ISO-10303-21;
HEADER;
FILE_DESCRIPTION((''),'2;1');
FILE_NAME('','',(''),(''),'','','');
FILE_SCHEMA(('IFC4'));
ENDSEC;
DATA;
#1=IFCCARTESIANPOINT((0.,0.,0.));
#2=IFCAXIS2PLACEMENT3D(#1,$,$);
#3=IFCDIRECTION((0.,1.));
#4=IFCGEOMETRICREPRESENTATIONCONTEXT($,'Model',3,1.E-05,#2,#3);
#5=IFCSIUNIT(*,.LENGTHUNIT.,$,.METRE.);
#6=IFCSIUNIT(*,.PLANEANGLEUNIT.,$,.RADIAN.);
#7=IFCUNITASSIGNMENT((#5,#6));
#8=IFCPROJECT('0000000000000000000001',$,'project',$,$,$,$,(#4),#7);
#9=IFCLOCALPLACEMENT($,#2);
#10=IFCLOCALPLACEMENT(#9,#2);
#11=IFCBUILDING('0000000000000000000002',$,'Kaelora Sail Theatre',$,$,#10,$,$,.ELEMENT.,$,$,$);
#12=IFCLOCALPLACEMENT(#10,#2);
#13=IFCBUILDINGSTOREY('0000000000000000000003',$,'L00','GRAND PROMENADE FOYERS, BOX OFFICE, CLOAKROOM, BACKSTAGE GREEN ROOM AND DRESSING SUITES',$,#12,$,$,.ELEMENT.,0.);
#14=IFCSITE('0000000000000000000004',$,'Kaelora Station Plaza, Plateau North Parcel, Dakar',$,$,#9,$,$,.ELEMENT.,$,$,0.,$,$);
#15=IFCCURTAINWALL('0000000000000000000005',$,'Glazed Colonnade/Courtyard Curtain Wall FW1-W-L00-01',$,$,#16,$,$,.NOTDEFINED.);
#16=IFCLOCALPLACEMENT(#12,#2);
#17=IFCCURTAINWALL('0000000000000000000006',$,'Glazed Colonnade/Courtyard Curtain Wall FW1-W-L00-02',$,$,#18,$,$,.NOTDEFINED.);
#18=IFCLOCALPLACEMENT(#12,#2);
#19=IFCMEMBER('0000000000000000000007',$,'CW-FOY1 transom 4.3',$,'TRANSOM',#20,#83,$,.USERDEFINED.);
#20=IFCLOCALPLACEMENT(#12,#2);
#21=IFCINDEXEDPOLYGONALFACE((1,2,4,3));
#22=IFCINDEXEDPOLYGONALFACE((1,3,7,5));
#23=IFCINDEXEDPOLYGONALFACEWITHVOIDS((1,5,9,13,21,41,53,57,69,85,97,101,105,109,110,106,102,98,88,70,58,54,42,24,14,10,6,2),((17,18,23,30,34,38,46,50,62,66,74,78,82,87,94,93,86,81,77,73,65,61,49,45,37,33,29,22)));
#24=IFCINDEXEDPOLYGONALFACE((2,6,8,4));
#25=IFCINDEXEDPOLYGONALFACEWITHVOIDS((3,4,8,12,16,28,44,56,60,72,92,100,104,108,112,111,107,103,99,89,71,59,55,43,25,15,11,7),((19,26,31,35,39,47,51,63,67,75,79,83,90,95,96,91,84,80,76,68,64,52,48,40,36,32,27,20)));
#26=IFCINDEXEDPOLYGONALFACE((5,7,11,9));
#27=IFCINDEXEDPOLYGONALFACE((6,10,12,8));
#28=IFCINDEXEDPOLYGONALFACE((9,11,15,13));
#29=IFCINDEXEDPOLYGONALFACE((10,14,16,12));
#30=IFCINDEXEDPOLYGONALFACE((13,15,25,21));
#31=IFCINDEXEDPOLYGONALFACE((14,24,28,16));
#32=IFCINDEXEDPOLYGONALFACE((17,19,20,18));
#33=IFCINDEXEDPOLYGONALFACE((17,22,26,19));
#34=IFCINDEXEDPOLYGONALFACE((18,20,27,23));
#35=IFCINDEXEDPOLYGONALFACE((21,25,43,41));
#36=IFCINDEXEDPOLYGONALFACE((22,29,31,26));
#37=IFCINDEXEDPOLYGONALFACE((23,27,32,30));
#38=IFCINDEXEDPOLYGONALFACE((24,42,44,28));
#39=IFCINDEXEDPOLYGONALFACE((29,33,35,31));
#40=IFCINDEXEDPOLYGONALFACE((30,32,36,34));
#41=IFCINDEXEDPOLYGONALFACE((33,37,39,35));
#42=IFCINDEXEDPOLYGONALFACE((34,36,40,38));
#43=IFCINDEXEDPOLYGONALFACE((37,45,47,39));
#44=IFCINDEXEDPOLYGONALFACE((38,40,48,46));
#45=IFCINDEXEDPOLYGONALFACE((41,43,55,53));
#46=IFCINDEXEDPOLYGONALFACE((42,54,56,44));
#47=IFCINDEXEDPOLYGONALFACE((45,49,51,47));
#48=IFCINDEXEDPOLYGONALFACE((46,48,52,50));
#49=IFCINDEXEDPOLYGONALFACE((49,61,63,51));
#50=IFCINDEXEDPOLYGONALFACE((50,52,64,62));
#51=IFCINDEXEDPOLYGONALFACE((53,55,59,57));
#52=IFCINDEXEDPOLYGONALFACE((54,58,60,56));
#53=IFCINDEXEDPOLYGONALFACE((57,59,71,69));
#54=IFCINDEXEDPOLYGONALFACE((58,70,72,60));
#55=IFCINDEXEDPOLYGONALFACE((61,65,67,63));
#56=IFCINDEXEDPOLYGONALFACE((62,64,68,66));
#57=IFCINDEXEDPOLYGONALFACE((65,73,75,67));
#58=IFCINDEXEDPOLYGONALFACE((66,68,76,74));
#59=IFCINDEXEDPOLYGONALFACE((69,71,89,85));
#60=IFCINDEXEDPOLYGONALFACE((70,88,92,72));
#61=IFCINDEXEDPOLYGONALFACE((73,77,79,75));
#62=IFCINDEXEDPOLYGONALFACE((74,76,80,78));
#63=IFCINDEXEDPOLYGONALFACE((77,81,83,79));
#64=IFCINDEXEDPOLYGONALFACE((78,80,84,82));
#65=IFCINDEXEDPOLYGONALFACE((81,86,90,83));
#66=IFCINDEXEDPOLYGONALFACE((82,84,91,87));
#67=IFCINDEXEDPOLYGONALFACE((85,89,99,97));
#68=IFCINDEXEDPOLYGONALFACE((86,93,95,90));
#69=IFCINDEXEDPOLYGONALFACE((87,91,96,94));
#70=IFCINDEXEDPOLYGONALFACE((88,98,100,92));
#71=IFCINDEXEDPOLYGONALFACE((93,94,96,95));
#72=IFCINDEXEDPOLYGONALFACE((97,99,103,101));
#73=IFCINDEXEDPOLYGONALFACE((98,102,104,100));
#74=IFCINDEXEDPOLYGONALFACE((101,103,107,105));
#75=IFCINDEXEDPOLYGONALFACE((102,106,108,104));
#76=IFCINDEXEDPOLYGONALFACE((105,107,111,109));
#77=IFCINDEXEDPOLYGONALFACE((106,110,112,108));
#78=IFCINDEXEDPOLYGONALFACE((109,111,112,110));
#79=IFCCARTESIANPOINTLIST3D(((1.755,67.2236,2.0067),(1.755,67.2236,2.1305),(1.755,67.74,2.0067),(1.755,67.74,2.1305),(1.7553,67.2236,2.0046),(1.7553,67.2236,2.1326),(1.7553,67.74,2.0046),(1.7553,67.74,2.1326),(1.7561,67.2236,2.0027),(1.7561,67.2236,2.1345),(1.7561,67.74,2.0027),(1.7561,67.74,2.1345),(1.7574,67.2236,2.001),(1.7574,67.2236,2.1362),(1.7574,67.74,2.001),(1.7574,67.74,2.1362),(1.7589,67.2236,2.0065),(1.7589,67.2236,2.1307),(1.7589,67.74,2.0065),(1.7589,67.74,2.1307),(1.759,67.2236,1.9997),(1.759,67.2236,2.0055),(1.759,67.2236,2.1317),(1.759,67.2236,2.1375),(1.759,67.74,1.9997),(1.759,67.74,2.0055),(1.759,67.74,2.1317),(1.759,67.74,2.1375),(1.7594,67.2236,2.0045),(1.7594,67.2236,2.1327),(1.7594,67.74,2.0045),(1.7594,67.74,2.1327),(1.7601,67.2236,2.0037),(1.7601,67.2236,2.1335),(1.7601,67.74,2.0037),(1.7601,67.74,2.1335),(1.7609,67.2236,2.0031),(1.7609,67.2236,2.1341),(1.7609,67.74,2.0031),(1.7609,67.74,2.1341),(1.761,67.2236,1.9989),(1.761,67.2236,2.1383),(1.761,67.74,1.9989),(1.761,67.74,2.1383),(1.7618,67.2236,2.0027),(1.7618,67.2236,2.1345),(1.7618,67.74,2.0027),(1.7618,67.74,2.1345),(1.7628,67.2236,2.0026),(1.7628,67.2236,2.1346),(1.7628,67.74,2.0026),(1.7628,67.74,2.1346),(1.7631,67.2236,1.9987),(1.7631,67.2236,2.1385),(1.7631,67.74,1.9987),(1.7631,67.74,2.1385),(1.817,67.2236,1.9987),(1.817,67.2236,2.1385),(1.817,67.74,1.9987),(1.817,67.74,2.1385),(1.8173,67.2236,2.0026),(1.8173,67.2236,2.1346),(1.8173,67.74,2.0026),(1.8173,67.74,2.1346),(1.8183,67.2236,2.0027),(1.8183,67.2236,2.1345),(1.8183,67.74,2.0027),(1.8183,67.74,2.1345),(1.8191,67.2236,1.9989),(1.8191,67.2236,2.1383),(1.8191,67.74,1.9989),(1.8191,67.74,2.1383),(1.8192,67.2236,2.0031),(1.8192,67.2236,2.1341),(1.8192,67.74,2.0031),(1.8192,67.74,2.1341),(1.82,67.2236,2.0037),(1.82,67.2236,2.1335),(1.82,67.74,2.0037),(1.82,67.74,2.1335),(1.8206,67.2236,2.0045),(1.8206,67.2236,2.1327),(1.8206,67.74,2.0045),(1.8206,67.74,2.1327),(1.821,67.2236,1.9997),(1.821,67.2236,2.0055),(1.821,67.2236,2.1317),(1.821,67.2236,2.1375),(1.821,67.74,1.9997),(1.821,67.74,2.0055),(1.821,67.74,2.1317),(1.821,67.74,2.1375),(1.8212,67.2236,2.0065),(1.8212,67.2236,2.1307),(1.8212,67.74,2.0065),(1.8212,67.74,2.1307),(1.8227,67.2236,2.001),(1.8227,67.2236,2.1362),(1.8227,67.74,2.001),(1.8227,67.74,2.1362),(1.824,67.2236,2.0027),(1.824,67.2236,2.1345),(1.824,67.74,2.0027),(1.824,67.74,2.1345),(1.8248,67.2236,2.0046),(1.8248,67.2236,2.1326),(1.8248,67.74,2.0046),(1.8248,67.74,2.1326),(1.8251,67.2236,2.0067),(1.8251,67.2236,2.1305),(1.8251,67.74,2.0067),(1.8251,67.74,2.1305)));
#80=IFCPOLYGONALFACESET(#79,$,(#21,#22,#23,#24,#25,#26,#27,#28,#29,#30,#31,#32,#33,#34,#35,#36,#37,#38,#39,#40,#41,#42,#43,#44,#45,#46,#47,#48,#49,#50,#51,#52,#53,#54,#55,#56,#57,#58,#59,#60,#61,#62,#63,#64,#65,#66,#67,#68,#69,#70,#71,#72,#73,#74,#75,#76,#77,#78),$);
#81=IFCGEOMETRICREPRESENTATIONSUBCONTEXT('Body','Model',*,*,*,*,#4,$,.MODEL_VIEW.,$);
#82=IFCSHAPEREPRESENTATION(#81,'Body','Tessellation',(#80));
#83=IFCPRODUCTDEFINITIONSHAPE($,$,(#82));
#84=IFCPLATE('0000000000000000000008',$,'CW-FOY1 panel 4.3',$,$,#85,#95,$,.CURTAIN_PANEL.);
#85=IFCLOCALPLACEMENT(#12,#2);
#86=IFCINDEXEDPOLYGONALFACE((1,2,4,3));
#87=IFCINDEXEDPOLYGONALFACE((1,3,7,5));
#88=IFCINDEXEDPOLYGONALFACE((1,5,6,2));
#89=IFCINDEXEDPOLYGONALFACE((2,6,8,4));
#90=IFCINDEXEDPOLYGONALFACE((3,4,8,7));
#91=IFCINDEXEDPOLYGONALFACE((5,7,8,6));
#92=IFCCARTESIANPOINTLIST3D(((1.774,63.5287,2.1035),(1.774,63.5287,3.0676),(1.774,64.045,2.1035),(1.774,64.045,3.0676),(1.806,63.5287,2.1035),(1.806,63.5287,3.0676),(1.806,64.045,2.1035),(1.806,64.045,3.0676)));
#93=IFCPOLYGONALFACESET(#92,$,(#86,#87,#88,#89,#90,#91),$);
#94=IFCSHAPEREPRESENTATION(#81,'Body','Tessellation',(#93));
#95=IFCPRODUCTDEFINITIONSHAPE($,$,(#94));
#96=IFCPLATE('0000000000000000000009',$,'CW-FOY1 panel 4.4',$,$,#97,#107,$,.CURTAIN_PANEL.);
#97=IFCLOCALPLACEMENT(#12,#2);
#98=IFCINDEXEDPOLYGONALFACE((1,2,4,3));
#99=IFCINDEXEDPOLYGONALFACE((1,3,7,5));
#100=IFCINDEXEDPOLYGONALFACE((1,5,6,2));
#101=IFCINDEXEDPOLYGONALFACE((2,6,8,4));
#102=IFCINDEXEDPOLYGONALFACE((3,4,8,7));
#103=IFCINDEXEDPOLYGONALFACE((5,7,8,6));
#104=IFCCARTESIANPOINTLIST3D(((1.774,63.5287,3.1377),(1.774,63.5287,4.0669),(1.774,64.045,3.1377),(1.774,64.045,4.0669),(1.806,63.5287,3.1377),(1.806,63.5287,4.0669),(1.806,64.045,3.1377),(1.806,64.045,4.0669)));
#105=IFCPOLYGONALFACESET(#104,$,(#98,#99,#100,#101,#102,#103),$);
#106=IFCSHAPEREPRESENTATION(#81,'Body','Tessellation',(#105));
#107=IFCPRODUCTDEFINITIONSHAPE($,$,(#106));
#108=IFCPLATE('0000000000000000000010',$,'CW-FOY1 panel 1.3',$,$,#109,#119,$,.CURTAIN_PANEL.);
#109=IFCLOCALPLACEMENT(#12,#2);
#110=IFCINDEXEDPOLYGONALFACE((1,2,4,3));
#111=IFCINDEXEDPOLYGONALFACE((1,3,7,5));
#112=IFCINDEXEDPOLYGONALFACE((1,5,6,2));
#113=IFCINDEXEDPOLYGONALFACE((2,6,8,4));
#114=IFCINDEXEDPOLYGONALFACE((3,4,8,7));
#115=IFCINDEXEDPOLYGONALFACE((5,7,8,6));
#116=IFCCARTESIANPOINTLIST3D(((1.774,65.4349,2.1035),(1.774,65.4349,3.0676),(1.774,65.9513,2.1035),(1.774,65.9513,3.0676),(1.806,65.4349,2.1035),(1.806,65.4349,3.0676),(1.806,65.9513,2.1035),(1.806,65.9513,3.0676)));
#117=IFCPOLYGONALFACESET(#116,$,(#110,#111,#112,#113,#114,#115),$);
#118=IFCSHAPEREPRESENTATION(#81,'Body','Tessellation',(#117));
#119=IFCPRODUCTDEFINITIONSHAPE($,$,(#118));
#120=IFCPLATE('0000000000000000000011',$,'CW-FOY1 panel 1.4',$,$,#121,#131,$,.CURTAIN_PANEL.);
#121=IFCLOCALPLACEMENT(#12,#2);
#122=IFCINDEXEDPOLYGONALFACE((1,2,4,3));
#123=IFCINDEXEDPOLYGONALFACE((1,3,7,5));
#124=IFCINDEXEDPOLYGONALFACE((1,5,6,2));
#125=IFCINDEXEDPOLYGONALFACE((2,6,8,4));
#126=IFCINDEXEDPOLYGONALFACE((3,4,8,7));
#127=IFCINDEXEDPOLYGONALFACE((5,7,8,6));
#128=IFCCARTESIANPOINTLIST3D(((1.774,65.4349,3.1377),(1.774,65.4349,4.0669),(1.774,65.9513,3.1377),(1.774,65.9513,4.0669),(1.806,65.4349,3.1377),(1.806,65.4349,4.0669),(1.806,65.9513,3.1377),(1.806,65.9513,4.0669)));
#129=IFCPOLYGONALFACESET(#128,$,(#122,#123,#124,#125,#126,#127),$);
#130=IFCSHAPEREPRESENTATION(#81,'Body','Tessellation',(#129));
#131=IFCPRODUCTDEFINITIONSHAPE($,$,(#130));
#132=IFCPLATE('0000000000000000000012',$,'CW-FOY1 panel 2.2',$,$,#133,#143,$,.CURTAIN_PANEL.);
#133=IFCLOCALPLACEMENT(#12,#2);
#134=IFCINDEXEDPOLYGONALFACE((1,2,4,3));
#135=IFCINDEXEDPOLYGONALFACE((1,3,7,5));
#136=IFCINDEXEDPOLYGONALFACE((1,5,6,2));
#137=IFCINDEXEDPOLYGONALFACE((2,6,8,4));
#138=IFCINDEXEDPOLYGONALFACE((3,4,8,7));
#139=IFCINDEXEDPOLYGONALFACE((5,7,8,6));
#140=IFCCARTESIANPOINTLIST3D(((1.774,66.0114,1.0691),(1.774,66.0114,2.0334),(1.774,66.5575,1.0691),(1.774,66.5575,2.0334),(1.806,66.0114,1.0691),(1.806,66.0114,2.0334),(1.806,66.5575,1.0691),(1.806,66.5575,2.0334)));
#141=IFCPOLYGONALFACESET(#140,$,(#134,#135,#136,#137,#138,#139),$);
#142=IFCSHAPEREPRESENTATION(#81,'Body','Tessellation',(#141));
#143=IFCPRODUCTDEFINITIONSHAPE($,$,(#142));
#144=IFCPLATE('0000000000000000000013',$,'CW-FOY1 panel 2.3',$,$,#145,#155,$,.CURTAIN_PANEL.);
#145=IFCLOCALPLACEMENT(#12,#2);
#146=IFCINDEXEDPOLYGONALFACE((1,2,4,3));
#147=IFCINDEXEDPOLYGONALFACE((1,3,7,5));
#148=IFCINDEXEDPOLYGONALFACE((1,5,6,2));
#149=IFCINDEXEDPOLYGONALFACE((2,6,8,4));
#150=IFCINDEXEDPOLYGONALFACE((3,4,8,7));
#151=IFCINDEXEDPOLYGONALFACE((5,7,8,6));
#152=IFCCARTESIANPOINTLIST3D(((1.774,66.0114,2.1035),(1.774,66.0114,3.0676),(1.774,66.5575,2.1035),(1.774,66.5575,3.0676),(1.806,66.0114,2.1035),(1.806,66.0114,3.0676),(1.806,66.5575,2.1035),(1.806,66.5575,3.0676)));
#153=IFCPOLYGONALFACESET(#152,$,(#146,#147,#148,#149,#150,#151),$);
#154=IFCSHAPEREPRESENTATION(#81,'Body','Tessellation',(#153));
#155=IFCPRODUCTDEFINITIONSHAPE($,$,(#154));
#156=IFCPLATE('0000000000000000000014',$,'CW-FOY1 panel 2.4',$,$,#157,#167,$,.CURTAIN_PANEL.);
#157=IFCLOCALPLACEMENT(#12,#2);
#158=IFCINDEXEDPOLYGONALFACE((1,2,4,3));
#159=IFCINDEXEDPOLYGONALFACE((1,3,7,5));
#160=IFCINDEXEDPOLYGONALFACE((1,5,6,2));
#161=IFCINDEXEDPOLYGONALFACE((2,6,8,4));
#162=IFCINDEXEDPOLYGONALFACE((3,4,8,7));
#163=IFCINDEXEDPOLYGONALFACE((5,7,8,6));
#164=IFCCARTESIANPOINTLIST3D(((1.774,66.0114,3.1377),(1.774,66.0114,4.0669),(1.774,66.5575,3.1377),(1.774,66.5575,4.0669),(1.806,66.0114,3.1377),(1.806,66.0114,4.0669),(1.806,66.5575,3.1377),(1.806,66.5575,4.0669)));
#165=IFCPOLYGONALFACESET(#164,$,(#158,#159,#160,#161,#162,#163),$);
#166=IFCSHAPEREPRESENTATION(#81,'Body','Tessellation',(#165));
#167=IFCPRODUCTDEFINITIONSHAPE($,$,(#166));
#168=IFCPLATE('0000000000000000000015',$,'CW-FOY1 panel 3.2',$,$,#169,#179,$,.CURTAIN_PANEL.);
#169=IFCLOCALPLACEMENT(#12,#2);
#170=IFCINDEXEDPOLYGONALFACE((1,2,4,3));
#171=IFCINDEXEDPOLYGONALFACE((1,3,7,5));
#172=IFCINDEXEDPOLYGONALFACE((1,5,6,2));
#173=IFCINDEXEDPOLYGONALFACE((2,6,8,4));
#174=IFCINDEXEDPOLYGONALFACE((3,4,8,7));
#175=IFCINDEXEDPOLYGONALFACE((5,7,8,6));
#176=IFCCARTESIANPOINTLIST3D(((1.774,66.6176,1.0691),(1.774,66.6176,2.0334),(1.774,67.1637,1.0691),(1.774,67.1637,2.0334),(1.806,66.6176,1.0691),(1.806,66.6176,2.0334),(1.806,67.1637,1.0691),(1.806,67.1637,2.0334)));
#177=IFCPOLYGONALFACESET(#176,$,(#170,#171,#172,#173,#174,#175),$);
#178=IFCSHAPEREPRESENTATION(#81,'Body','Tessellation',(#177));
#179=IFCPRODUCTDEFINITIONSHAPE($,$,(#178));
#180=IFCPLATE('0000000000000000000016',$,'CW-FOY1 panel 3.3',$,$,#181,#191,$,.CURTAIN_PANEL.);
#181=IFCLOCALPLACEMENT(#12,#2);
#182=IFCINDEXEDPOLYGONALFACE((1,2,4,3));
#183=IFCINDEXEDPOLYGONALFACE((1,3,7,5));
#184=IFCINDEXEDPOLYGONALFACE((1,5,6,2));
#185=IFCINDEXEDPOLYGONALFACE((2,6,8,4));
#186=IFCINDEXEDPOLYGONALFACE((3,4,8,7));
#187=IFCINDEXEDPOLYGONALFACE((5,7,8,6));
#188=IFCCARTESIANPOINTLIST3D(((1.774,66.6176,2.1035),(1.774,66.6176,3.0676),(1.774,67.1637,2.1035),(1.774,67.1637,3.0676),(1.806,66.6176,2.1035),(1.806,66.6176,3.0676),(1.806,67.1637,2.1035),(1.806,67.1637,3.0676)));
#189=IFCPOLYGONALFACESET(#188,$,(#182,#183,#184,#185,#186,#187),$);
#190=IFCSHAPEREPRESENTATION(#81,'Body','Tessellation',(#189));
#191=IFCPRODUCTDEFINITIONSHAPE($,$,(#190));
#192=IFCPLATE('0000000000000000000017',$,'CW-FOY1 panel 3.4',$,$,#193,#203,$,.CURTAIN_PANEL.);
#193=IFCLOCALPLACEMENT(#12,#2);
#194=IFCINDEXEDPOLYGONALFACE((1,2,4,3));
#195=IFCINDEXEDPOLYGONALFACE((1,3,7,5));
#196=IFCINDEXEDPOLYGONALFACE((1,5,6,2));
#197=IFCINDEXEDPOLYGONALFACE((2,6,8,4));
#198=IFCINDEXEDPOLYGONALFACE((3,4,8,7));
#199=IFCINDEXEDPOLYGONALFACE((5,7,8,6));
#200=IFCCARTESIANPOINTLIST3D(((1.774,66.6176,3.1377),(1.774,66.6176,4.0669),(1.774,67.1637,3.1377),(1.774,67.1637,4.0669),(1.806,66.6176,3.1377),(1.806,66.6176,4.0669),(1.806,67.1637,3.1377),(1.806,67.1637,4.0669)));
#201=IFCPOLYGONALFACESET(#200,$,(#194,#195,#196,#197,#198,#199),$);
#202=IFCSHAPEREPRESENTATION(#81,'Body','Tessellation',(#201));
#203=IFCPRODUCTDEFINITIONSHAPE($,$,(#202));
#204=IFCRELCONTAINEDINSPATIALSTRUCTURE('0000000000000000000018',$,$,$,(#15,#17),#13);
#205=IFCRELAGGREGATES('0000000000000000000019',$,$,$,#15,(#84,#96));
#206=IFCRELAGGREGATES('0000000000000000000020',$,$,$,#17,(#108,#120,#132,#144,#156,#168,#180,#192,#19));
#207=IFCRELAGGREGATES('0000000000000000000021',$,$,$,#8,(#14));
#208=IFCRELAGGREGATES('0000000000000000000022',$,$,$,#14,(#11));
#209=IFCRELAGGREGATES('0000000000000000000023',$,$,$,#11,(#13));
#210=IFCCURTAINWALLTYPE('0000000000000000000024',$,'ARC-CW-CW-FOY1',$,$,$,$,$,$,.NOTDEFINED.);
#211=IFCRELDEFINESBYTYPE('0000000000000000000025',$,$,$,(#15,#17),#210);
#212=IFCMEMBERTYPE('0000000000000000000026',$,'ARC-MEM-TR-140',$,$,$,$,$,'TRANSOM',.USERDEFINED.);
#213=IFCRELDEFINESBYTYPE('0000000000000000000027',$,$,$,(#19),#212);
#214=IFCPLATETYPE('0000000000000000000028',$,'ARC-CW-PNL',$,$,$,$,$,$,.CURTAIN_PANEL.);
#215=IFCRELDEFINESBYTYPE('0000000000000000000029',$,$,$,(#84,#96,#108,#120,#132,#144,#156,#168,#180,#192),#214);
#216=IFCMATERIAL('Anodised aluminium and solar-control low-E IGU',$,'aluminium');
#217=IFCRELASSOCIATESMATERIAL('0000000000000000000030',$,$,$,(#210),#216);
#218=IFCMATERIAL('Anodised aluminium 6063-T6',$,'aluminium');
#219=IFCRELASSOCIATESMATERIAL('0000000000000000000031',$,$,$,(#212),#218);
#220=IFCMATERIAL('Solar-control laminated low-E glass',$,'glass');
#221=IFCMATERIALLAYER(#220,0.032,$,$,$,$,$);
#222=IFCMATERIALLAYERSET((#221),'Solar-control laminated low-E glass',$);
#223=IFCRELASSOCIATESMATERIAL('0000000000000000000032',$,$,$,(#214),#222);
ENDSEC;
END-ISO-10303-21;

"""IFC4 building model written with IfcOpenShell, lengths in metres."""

from ifc_helpers import new_model, si_unit, direction, frame, origin, origin_2d, place, context, subcontext, project, spatial, rectangle, hollow_rectangle, extrude, material, layer, layer_set, material_profile, profile_set, type_object, element, aggregate, save


model = new_model("IFC4")

# Units and contexts
model_context = context("Model", 3, precision=1e-05, world=origin(), true_north=direction((0.0, 1.0)))
body_context = subcontext(model_context, "Body", "Model", "MODEL_VIEW")
ifc_project = project(units=[si_unit("LENGTHUNIT", "METRE"), si_unit("PLANEANGLEUNIT", "RADIAN")], contexts=[model_context])

# Site, building, storey
site_placement = place(None, origin())
site = spatial("IfcSite", under=ifc_project, at=site_placement, Name="Kaelora Station Plaza, Plateau North Parcel, Dakar", CompositionType="ELEMENT", RefElevation=0.0)
building_placement = place(site_placement, origin())
building = spatial("IfcBuilding", under=site, at=building_placement, Name="Kaelora Sail Theatre", CompositionType="ELEMENT")
storey_placement = place(building_placement, origin())
storey = spatial("IfcBuildingStorey", under=building, at=storey_placement, Name="L00", Description="GRAND PROMENADE FOYERS, BOX OFFICE, CLOAKROOM, BACKSTAGE GREEN ROOM AND DRESSING SUITES", CompositionType="ELEMENT", Elevation=0.0)

# Curtain wall
ifc_material_1 = material(Name="Anodised aluminium and solar-control low-E IGU", Category="aluminium")
curtain_wall_type = type_object("IfcCurtainWallType", Name="ARC-CW-CW-FOY1", PredefinedType="NOTDEFINED", material=ifc_material_1)
curtain_wall_1_placement = place(storey_placement, origin())
curtain_wall_1 = element("IfcCurtainWall", 1, at=curtain_wall_1_placement, inside=storey, type_object=curtain_wall_type, Name="Glazed Colonnade/Courtyard Curtain Wall FW1-W-L00-01", PredefinedType="NOTDEFINED")
ifc_material_2 = material(Name="Anodised aluminium 6063-T6", Category="aluminium")
ifc_material_profile = material_profile(ifc_material_2, hollow_rectangle(XDim=0.0701, YDim=0.1399, WallThickness=0.0039, InnerFilletRadius=0.0039, OuterFilletRadius=0.0081, at=origin_2d()), Name="ALU-TRAN 70x140x4")
ifc_profile_set = profile_set([ifc_material_profile], Name="Anodised aluminium 6063-T6")
member_type = type_object("IfcMemberType", Name="ARC-MEM-TR-140", ElementType="TRANSOM", PredefinedType="USERDEFINED", material=ifc_profile_set)

# Curtain wall, member
curtain_wall_2_placement = place(storey_placement, origin())
curtain_wall_2 = element("IfcCurtainWall", 2, at=curtain_wall_2_placement, inside=storey, type_object=curtain_wall_type, Name="Glazed Colonnade/Courtyard Curtain Wall FW1-W-L00-02", PredefinedType="NOTDEFINED")
member_1_placement = place(storey_placement, frame((1.79, 67.2236, 2.0686), z_axis=(0.0, 1.0, 0.0), x_axis=(-1.0, 0.0, 0.0)))
member_1 = element("IfcMember", 3, at=member_1_placement, type_object=member_type, Name="CW-FOY1 transom 4.3", ObjectType="TRANSOM", PredefinedType="USERDEFINED", context=body_context, shape_type="SweptSolid", body=[
    extrude(hollow_rectangle(XDim=0.0701, YDim=0.1399, WallThickness=0.0039, InnerFilletRadius=0.0039, OuterFilletRadius=0.0081, at=origin_2d()), origin(), (0.0, 0.0, 1.0), 0.5164),
])

# Plates
ifc_material_3 = material(Name="Solar-control laminated low-E glass", Category="glass")
ifc_layer = layer(ifc_material_3, 0.032)
ifc_layer_set = layer_set([ifc_layer], Name="Solar-control laminated low-E glass")
plate_type = type_object("IfcPlateType", Name="ARC-CW-PNL", PredefinedType="CURTAIN_PANEL", material=ifc_layer_set)
plate_1_placement = place(storey_placement, frame((1.79, 63.7869, 2.1035), z_axis=(0.0, 0.0, 1.0), x_axis=(0.0, 1.0, 0.0)))
plate_1 = element("IfcPlate", 4, at=plate_1_placement, type_object=plate_type, Name="CW-FOY1 panel 4.3", PredefinedType="CURTAIN_PANEL", context=body_context, shape_type="SweptSolid", body=[
    extrude(rectangle(XDim=0.5164, YDim=0.032, at=origin_2d()), origin(), (0.0, 0.0, 1.0), 0.9641),
])
plate_2_placement = place(storey_placement, frame((1.79, 63.7869, 3.1377), z_axis=(0.0, 0.0, 1.0), x_axis=(0.0, 1.0, 0.0)))
plate_2 = element("IfcPlate", 5, at=plate_2_placement, type_object=plate_type, Name="CW-FOY1 panel 4.4", PredefinedType="CURTAIN_PANEL", context=body_context, shape_type="SweptSolid", body=[
    extrude(rectangle(XDim=0.5164, YDim=0.032, at=origin_2d()), origin(), (0.0, 0.0, 1.0), 0.9292),
])
aggregate(curtain_wall_1, [plate_1, plate_2])
plate_3_placement = place(storey_placement, frame((1.79, 65.6931, 2.1035), z_axis=(0.0, 0.0, 1.0), x_axis=(0.0, 1.0, 0.0)))
plate_3 = element("IfcPlate", 6, at=plate_3_placement, type_object=plate_type, Name="CW-FOY1 panel 1.3", PredefinedType="CURTAIN_PANEL", context=body_context, shape_type="SweptSolid", body=[
    extrude(rectangle(XDim=0.5164, YDim=0.032, at=origin_2d()), origin(), (0.0, 0.0, 1.0), 0.9641),
])
plate_4_placement = place(storey_placement, frame((1.79, 65.6931, 3.1377), z_axis=(0.0, 0.0, 1.0), x_axis=(0.0, 1.0, 0.0)))
plate_4 = element("IfcPlate", 7, at=plate_4_placement, type_object=plate_type, Name="CW-FOY1 panel 1.4", PredefinedType="CURTAIN_PANEL", context=body_context, shape_type="SweptSolid", body=[
    extrude(rectangle(XDim=0.5164, YDim=0.032, at=origin_2d()), origin(), (0.0, 0.0, 1.0), 0.9292),
])
plate_5_placement = place(storey_placement, frame((1.79, 66.2844, 1.0691), z_axis=(0.0, 0.0, 1.0), x_axis=(0.0, 1.0, 0.0)))
plate_5 = element("IfcPlate", 8, at=plate_5_placement, type_object=plate_type, Name="CW-FOY1 panel 2.2", PredefinedType="CURTAIN_PANEL", context=body_context, shape_type="SweptSolid", body=[
    extrude(rectangle(XDim=0.5461, YDim=0.032, at=origin_2d()), origin(), (0.0, 0.0, 1.0), 0.9644),
])
plate_6_placement = place(storey_placement, frame((1.79, 66.2844, 2.1035), z_axis=(0.0, 0.0, 1.0), x_axis=(0.0, 1.0, 0.0)))
plate_6 = element("IfcPlate", 9, at=plate_6_placement, type_object=plate_type, Name="CW-FOY1 panel 2.3", PredefinedType="CURTAIN_PANEL", context=body_context, shape_type="SweptSolid", body=[
    extrude(rectangle(XDim=0.5461, YDim=0.032, at=origin_2d()), origin(), (0.0, 0.0, 1.0), 0.9641),
])
plate_7_placement = place(storey_placement, frame((1.79, 66.2844, 3.1377), z_axis=(0.0, 0.0, 1.0), x_axis=(0.0, 1.0, 0.0)))
plate_7 = element("IfcPlate", 10, at=plate_7_placement, type_object=plate_type, Name="CW-FOY1 panel 2.4", PredefinedType="CURTAIN_PANEL", context=body_context, shape_type="SweptSolid", body=[
    extrude(rectangle(XDim=0.5461, YDim=0.032, at=origin_2d()), origin(), (0.0, 0.0, 1.0), 0.9292),
])
plate_8_placement = place(storey_placement, frame((1.79, 66.8906, 1.0691), z_axis=(0.0, 0.0, 1.0), x_axis=(0.0, 1.0, 0.0)))
plate_8 = element("IfcPlate", 11, at=plate_8_placement, type_object=plate_type, Name="CW-FOY1 panel 3.2", PredefinedType="CURTAIN_PANEL", context=body_context, shape_type="SweptSolid", body=[
    extrude(rectangle(XDim=0.5461, YDim=0.032, at=origin_2d()), origin(), (0.0, 0.0, 1.0), 0.9644),
])
plate_9_placement = place(storey_placement, frame((1.79, 66.8906, 2.1035), z_axis=(0.0, 0.0, 1.0), x_axis=(0.0, 1.0, 0.0)))
plate_9 = element("IfcPlate", 12, at=plate_9_placement, type_object=plate_type, Name="CW-FOY1 panel 3.3", PredefinedType="CURTAIN_PANEL", context=body_context, shape_type="SweptSolid", body=[
    extrude(rectangle(XDim=0.5461, YDim=0.032, at=origin_2d()), origin(), (0.0, 0.0, 1.0), 0.9641),
])
plate_10_placement = place(storey_placement, frame((1.79, 66.8906, 3.1377), z_axis=(0.0, 0.0, 1.0), x_axis=(0.0, 1.0, 0.0)))
plate_10 = element("IfcPlate", 13, at=plate_10_placement, type_object=plate_type, Name="CW-FOY1 panel 3.4", PredefinedType="CURTAIN_PANEL", context=body_context, shape_type="SweptSolid", body=[
    extrude(rectangle(XDim=0.5461, YDim=0.032, at=origin_2d()), origin(), (0.0, 0.0, 1.0), 0.9292),
])
aggregate(curtain_wall_2, [plate_3, plate_4, plate_5, plate_6, plate_7, plate_8, plate_9, plate_10, member_1])

save(model, "model.ifc")
